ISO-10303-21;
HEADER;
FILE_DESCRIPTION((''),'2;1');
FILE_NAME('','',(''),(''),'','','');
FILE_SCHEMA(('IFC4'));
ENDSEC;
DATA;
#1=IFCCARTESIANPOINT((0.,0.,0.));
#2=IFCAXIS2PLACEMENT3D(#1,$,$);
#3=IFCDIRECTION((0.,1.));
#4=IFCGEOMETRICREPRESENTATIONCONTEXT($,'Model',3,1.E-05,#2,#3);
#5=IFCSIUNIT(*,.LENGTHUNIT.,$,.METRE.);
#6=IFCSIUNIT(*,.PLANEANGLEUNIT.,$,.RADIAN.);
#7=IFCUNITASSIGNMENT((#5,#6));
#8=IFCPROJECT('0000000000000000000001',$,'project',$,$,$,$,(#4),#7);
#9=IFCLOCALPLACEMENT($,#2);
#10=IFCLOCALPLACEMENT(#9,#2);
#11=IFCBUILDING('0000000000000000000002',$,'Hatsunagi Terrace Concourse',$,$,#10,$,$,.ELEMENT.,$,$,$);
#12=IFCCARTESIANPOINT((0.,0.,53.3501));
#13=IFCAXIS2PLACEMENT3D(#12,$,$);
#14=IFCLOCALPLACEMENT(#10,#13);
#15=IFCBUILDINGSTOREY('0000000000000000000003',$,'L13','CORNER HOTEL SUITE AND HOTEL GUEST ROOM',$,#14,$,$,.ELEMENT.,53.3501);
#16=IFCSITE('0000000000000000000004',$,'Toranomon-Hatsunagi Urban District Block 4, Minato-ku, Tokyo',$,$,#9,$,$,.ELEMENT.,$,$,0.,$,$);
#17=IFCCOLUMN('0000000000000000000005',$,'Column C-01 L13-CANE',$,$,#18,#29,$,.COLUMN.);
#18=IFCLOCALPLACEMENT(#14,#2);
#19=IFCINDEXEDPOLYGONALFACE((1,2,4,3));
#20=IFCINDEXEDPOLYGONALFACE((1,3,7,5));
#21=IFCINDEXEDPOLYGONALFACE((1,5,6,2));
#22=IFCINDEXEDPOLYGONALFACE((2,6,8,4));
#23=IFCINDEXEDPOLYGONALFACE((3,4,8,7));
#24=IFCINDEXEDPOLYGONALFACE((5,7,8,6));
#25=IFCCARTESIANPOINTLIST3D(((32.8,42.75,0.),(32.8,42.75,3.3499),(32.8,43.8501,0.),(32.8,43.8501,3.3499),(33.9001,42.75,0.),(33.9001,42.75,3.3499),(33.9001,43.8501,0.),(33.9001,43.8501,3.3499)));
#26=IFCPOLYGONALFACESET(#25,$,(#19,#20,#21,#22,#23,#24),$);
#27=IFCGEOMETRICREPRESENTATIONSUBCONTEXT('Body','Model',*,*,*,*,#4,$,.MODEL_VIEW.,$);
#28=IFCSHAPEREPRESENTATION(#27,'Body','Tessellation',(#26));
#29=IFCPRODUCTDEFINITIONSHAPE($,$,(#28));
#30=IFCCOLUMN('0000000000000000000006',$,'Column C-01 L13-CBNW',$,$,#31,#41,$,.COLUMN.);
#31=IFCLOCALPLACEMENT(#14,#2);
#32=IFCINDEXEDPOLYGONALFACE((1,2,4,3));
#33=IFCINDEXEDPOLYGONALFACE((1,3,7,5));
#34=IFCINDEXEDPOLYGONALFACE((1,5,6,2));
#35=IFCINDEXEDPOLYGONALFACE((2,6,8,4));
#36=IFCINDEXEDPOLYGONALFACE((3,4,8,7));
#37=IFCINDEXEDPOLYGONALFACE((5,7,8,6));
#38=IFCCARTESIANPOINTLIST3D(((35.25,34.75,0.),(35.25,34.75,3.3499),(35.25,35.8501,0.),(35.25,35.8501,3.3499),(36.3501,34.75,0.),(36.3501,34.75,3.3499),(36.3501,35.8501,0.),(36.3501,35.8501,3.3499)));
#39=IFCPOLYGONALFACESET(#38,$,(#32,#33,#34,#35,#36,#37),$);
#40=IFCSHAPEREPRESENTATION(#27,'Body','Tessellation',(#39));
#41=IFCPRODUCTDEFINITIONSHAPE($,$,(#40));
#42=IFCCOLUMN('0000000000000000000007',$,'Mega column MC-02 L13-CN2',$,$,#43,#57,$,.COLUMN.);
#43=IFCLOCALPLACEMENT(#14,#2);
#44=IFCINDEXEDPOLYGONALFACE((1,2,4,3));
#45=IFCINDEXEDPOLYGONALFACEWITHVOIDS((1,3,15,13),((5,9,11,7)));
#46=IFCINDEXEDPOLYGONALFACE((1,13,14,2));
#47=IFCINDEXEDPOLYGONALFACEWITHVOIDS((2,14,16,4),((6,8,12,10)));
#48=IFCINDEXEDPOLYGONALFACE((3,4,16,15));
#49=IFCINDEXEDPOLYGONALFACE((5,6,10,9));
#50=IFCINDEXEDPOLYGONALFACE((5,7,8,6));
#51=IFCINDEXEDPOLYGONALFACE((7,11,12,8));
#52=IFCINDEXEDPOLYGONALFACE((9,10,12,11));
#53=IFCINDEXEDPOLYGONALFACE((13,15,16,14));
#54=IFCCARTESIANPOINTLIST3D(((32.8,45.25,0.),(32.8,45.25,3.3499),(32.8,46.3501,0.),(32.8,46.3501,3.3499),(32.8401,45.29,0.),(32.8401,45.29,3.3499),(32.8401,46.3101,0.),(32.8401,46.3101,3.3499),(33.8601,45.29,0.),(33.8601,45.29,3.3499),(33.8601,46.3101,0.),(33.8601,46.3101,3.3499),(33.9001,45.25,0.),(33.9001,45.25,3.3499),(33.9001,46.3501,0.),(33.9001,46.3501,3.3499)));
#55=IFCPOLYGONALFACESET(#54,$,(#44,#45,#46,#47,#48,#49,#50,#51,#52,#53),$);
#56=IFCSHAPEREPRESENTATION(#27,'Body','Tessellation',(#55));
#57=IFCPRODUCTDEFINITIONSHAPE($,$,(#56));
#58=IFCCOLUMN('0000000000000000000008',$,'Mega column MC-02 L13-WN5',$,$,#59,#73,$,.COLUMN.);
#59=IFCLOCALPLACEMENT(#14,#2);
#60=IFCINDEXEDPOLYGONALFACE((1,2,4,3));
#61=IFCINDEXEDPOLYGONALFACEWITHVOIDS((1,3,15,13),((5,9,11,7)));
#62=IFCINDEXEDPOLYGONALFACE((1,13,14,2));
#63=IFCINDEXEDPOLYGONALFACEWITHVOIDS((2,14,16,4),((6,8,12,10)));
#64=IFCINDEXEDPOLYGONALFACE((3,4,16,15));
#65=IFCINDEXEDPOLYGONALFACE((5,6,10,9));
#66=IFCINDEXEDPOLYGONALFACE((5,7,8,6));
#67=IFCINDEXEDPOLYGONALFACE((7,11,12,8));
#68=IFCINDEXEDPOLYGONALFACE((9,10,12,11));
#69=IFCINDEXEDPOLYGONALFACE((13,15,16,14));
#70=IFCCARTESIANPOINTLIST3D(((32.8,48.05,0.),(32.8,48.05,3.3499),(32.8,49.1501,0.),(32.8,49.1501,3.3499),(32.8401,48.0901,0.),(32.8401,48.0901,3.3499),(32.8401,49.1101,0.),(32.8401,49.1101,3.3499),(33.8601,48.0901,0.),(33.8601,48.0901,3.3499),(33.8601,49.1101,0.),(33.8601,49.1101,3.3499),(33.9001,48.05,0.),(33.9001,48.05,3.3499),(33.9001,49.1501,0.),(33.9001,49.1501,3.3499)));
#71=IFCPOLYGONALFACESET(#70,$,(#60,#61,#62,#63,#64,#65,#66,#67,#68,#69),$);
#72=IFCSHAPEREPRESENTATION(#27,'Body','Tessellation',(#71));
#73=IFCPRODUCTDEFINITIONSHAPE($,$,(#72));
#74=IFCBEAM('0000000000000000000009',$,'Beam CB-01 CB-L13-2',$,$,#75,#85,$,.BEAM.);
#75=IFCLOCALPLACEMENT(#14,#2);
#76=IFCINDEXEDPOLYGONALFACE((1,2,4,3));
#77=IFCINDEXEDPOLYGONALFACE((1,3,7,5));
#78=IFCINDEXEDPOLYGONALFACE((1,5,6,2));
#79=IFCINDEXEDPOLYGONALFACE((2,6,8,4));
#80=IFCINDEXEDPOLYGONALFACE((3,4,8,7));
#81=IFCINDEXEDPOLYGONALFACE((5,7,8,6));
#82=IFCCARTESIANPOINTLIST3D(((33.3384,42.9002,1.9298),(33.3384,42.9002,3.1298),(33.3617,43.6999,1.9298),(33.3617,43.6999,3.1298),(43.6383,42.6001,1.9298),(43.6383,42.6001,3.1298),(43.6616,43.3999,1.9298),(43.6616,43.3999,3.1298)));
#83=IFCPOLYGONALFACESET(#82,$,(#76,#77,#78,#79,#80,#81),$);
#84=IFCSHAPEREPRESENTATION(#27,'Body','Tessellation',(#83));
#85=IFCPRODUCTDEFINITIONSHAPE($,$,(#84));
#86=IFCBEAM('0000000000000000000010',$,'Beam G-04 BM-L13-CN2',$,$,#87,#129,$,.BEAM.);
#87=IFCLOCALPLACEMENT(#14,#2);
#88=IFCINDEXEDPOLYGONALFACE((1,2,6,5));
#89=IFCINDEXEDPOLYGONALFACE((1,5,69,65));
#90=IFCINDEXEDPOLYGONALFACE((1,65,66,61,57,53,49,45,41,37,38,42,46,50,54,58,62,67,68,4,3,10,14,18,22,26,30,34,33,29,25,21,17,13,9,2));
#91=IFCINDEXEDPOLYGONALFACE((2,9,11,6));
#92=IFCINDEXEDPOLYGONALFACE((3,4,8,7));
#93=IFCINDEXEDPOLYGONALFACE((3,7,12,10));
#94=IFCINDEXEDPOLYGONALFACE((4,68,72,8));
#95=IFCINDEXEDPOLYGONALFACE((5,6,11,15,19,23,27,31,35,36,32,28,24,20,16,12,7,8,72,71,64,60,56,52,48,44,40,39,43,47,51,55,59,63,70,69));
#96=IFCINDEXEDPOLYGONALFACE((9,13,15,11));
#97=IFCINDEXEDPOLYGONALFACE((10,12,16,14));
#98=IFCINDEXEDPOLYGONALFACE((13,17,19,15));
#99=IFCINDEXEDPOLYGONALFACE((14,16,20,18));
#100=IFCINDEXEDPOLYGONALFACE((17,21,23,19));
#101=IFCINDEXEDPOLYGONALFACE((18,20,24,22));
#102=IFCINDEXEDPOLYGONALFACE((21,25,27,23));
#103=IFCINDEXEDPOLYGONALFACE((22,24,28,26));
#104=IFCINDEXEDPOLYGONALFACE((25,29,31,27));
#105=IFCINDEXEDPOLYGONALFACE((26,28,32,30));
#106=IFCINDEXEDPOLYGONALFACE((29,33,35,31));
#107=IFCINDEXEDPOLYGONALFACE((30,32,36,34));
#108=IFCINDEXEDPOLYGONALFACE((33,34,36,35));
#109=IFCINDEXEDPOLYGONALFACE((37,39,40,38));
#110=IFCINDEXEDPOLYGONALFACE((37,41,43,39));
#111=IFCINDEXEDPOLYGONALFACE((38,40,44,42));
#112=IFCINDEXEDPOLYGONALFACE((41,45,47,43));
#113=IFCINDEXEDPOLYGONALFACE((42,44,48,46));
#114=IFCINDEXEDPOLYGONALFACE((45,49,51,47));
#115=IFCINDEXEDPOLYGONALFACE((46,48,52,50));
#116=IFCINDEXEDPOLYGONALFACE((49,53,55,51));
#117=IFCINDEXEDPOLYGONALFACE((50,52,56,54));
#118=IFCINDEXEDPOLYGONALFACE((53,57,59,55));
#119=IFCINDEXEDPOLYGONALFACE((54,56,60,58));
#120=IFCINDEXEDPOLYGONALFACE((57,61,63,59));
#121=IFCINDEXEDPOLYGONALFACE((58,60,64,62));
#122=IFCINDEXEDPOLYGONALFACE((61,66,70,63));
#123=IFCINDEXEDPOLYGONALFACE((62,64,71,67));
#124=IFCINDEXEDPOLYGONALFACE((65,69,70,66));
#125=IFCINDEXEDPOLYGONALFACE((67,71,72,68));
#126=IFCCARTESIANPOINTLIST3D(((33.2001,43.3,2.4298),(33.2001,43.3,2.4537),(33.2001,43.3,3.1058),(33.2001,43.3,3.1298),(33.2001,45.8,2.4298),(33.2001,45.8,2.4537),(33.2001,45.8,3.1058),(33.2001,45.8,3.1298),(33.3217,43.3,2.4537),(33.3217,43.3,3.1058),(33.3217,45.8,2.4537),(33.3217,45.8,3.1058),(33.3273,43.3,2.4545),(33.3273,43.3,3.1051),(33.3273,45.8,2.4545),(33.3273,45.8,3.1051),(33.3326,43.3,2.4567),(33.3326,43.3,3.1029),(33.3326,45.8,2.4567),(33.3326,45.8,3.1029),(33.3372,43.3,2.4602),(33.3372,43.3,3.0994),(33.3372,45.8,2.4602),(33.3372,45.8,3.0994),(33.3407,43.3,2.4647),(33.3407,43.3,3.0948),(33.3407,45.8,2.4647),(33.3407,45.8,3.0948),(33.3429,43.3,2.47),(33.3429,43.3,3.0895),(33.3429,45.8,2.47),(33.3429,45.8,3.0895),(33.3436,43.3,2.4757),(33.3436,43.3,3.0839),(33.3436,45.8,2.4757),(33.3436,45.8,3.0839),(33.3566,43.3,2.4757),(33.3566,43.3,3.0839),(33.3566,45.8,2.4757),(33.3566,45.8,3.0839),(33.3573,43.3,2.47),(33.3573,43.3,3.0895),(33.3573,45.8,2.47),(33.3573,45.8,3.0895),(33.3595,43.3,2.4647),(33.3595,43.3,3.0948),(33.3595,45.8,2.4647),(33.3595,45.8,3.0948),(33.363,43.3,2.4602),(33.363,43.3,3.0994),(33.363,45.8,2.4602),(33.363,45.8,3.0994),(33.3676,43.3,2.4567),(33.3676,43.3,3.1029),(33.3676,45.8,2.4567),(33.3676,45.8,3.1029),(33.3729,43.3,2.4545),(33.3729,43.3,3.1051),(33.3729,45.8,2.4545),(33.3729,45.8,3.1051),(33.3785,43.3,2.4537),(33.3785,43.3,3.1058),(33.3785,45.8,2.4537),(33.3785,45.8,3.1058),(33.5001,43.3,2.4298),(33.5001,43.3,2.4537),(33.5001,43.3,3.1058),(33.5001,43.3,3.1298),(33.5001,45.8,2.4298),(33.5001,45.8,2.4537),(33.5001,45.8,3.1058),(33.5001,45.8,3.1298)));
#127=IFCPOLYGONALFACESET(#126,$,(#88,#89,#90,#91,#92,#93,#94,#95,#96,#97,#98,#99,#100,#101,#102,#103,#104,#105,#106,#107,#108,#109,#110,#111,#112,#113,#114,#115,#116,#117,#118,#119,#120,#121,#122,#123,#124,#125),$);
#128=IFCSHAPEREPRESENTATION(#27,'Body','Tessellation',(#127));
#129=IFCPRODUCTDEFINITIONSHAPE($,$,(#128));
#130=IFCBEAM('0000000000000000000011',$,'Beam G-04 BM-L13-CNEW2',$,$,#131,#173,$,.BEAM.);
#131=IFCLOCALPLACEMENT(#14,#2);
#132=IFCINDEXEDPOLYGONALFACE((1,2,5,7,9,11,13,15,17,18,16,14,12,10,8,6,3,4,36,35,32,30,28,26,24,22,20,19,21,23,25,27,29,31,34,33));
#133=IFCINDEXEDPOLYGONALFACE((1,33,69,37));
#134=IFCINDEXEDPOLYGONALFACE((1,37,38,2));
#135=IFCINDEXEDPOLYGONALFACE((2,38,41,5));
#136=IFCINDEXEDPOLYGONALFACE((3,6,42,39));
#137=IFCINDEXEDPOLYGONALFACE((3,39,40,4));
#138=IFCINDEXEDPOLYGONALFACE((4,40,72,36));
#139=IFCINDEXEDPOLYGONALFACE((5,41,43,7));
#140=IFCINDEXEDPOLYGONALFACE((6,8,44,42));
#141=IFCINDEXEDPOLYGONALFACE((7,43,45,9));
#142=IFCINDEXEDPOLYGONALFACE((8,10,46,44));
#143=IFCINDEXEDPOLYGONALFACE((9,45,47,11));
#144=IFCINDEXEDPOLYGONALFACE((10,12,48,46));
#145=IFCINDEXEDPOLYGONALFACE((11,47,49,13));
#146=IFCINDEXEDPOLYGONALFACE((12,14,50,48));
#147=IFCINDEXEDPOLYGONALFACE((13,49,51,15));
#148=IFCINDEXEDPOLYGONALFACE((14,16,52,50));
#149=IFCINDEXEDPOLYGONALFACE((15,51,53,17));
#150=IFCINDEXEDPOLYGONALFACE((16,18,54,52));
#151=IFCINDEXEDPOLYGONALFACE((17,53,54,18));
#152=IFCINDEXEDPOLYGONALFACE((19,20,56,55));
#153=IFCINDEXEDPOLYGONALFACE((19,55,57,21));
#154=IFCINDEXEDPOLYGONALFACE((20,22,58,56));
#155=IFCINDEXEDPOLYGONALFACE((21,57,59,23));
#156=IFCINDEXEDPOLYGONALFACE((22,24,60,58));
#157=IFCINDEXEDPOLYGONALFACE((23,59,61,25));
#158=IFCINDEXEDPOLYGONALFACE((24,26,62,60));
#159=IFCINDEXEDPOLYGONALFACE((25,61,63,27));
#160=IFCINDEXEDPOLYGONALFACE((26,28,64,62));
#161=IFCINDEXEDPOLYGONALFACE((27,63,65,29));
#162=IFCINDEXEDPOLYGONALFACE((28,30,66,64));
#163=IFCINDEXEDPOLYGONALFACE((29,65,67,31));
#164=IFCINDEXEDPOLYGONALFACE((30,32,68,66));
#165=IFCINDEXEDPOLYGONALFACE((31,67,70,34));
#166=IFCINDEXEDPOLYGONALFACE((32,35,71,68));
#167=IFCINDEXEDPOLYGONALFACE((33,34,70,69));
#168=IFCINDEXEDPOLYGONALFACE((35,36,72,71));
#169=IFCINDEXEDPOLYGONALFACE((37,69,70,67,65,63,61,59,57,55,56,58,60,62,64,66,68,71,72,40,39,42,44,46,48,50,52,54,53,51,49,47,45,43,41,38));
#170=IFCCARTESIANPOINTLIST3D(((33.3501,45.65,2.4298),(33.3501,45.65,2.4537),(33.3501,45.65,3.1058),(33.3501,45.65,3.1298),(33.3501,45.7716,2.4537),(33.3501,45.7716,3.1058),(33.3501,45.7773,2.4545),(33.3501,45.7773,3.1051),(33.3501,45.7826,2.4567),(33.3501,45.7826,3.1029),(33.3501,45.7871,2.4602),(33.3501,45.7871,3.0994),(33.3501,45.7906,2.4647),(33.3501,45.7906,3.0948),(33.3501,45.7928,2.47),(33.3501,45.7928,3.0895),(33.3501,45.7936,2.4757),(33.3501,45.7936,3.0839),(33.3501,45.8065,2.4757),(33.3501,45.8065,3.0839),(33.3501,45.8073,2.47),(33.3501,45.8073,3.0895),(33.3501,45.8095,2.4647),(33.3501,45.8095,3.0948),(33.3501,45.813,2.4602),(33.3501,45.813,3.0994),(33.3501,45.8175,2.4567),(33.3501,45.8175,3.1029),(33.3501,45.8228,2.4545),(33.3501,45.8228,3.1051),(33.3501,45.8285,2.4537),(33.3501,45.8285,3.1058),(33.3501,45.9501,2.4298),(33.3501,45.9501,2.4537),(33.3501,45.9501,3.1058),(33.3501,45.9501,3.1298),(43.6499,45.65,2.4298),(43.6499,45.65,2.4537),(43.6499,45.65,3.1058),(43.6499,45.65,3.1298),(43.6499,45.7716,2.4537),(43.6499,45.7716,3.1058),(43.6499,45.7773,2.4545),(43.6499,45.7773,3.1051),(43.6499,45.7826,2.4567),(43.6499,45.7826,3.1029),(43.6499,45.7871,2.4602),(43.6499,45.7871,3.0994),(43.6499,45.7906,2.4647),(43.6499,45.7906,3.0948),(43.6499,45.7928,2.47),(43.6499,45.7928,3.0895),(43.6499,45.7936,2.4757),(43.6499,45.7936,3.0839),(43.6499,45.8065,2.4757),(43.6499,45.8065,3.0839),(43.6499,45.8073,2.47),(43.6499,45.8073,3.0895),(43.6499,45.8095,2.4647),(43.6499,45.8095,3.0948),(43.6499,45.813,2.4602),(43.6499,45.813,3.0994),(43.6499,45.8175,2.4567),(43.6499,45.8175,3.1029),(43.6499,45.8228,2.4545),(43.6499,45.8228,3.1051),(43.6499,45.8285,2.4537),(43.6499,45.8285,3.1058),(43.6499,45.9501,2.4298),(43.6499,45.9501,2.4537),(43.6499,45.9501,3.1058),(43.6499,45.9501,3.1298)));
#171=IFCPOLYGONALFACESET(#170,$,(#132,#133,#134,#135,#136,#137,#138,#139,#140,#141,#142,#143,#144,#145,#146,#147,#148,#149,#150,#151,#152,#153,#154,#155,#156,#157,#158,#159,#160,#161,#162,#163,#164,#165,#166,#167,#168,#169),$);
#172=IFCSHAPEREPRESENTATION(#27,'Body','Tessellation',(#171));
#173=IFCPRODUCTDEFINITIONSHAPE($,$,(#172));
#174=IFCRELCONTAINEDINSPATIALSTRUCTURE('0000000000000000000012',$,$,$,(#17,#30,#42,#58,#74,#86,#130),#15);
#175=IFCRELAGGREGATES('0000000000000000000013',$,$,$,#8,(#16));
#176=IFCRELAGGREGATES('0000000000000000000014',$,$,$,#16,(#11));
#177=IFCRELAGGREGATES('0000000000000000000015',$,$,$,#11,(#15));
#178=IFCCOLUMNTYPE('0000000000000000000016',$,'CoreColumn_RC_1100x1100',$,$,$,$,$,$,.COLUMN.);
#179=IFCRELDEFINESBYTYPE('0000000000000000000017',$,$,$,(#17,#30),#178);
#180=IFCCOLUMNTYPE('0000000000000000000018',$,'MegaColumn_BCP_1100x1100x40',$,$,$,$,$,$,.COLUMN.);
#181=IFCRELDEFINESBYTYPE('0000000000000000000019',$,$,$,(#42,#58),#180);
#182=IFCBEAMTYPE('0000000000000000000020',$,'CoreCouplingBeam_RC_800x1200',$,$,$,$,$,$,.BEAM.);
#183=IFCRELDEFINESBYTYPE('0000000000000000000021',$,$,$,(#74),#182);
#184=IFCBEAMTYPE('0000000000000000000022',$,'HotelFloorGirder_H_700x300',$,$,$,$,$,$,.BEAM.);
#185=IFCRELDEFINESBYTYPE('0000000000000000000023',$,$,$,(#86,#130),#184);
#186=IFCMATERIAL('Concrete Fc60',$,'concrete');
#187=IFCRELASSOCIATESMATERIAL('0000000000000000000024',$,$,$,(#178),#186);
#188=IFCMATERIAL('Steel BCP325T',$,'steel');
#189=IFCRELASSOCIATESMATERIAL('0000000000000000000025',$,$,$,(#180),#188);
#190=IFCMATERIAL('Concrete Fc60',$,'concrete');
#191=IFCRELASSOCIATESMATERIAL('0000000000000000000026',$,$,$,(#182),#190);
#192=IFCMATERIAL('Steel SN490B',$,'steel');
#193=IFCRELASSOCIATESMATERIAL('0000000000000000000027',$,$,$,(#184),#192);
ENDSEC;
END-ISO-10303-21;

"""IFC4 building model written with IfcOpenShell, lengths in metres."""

from ifc_helpers import new_model, si_unit, direction, frame, origin, origin_2d, place, context, subcontext, project, spatial, rectangle, hollow_rectangle, i_section, extrude, material, material_profile, profile_set, type_object, element, save


model = new_model("IFC4")

# Units and contexts
model_context = context("Model", 3, precision=1e-05, world=origin(), true_north=direction((0.0, 1.0)))
body_context = subcontext(model_context, "Body", "Model", "MODEL_VIEW")
ifc_project = project(units=[si_unit("LENGTHUNIT", "METRE"), si_unit("PLANEANGLEUNIT", "RADIAN")], contexts=[model_context])

# Site, building, storey
site_placement = place(None, origin())
site = spatial("IfcSite", under=ifc_project, at=site_placement, Name="Toranomon-Hatsunagi Urban District Block 4, Minato-ku, Tokyo", CompositionType="ELEMENT", RefElevation=0.0)
building_placement = place(site_placement, origin())
building = spatial("IfcBuilding", under=site, at=building_placement, Name="Hatsunagi Terrace Concourse", CompositionType="ELEMENT")
storey_placement = place(building_placement, frame((0.0, 0.0, 53.3501)))
storey = spatial("IfcBuildingStorey", under=building, at=storey_placement, Name="L13", Description="CORNER HOTEL SUITE AND HOTEL GUEST ROOM", CompositionType="ELEMENT", Elevation=53.3501)

# Columns
ifc_material_1 = material(Name="Concrete Fc60", Category="concrete")
ifc_material_profile_1 = material_profile(ifc_material_1, rectangle(XDim=1.1001, YDim=1.1001, at=origin_2d()), Name="RC-1100x1100")
ifc_profile_set_1 = profile_set([ifc_material_profile_1], Name="Concrete Fc60")
column_type_1 = type_object("IfcColumnType", Name="CoreColumn_RC_1100x1100", PredefinedType="COLUMN", material=ifc_profile_set_1)
for number, where, z_axis, x_axis, name in (
    (1, (33.3501, 43.3, 0.0), (0.0, 0.0, 1.0), (1.0, 0.0, 0.0), "Column C-01 L13-CANE"),
    (2, (35.8, 35.3, 0.0), (0.0, 0.0, 1.0), (1.0, 0.0, 0.0), "Column C-01 L13-CBNW"),
):
    element("IfcColumn", number, at=place(storey_placement, frame(where, z_axis=z_axis, x_axis=x_axis)), inside=storey, type_object=column_type_1, Name=name, PredefinedType="COLUMN", context=body_context, shape_type="SweptSolid", body=[
        extrude(rectangle(XDim=1.1001, YDim=1.1001, at=origin_2d()), origin(), (0.0, 0.0, 1.0), 3.3499),
    ])
ifc_material_2 = material(Name="Steel BCP325T", Category="steel")
ifc_material_profile_2 = material_profile(ifc_material_2, hollow_rectangle(XDim=1.1001, YDim=1.1001, WallThickness=0.04, at=origin_2d()), Name="BCP-1100x1100x40")
ifc_profile_set_2 = profile_set([ifc_material_profile_2], Name="Steel BCP325T")
column_type_2 = type_object("IfcColumnType", Name="MegaColumn_BCP_1100x1100x40", PredefinedType="COLUMN", material=ifc_profile_set_2)
for number, where, z_axis, x_axis, name in (
    (3, (33.3501, 45.8, 0.0), (0.0, 0.0, 1.0), (1.0, 0.0, 0.0), "Mega column MC-02 L13-CN2"),
    (4, (33.3501, 48.6001, 0.0), (0.0, 0.0, 1.0), (1.0, 0.0, 0.0), "Mega column MC-02 L13-WN5"),
):
    element("IfcColumn", number, at=place(storey_placement, frame(where, z_axis=z_axis, x_axis=x_axis)), inside=storey, type_object=column_type_2, Name=name, PredefinedType="COLUMN", context=body_context, shape_type="SweptSolid", body=[
        extrude(hollow_rectangle(XDim=1.1001, YDim=1.1001, WallThickness=0.04, at=origin_2d()), origin(), (0.0, 0.0, 1.0), 3.3499),
    ])

# Beams
ifc_material_3 = material(Name="Concrete Fc60", Category="concrete")
ifc_material_profile_3 = material_profile(ifc_material_3, rectangle(XDim=0.8, YDim=1.2, at=origin_2d()), Name="RC-800x1200")
ifc_profile_set_3 = profile_set([ifc_material_profile_3], Name="Concrete Fc60")
beam_type_1 = type_object("IfcBeamType", Name="CoreCouplingBeam_RC_800x1200", PredefinedType="BEAM", material=ifc_profile_set_3)
beam_1_placement = place(storey_placement, frame((33.3501, 43.3, 2.5298), z_axis=(0.999576, -0.029119, 0.0), x_axis=(0.029119, 0.999576, 0.0)))
element("IfcBeam", 5, at=beam_1_placement, inside=storey, type_object=beam_type_1, Name="Beam CB-01 CB-L13-2", PredefinedType="BEAM", context=body_context, shape_type="SweptSolid", body=[
    extrude(rectangle(XDim=0.8, YDim=1.2, at=origin_2d()), origin(), (0.0, 0.0, 1.0), 10.3042),
])
ifc_material_4 = material(Name="Steel SN490B", Category="steel")
ifc_material_profile_4 = material_profile(ifc_material_4, i_section(OverallWidth=0.3, OverallDepth=0.7, WebThickness=0.0129, FlangeThickness=0.0239, FilletRadius=0.022, at=origin_2d()), Name="H-700x300x13x24")
ifc_profile_set_4 = profile_set([ifc_material_profile_4], Name="Steel SN490B")
beam_type_2 = type_object("IfcBeamType", Name="HotelFloorGirder_H_700x300", PredefinedType="BEAM", material=ifc_profile_set_4)
beam_2_placement = place(storey_placement, frame((33.3501, 43.3, 2.7798), z_axis=(0.0, 1.0, 0.0), x_axis=(-1.0, 0.0, 0.0)))
element("IfcBeam", 6, at=beam_2_placement, inside=storey, type_object=beam_type_2, Name="Beam G-04 BM-L13-CN2", PredefinedType="BEAM", context=body_context, shape_type="SweptSolid", body=[
    extrude(i_section(OverallWidth=0.3, OverallDepth=0.7, WebThickness=0.0129, FlangeThickness=0.0239, FilletRadius=0.022, at=origin_2d()), origin(), (0.0, 0.0, 1.0), 2.5),
])
beam_3_placement = place(storey_placement, frame((33.3501, 45.8, 2.7798), z_axis=(1.0, 0.0, 0.0), x_axis=(0.0, 1.0, 0.0)))
element("IfcBeam", 7, at=beam_3_placement, inside=storey, type_object=beam_type_2, Name="Beam G-04 BM-L13-CNEW2", PredefinedType="BEAM", context=body_context, shape_type="SweptSolid", body=[
    extrude(i_section(OverallWidth=0.3, OverallDepth=0.7, WebThickness=0.0129, FlangeThickness=0.0239, FilletRadius=0.022, at=origin_2d()), origin(), (0.0, 0.0, 1.0), 10.2998),
])

save(model, "model.ifc")
